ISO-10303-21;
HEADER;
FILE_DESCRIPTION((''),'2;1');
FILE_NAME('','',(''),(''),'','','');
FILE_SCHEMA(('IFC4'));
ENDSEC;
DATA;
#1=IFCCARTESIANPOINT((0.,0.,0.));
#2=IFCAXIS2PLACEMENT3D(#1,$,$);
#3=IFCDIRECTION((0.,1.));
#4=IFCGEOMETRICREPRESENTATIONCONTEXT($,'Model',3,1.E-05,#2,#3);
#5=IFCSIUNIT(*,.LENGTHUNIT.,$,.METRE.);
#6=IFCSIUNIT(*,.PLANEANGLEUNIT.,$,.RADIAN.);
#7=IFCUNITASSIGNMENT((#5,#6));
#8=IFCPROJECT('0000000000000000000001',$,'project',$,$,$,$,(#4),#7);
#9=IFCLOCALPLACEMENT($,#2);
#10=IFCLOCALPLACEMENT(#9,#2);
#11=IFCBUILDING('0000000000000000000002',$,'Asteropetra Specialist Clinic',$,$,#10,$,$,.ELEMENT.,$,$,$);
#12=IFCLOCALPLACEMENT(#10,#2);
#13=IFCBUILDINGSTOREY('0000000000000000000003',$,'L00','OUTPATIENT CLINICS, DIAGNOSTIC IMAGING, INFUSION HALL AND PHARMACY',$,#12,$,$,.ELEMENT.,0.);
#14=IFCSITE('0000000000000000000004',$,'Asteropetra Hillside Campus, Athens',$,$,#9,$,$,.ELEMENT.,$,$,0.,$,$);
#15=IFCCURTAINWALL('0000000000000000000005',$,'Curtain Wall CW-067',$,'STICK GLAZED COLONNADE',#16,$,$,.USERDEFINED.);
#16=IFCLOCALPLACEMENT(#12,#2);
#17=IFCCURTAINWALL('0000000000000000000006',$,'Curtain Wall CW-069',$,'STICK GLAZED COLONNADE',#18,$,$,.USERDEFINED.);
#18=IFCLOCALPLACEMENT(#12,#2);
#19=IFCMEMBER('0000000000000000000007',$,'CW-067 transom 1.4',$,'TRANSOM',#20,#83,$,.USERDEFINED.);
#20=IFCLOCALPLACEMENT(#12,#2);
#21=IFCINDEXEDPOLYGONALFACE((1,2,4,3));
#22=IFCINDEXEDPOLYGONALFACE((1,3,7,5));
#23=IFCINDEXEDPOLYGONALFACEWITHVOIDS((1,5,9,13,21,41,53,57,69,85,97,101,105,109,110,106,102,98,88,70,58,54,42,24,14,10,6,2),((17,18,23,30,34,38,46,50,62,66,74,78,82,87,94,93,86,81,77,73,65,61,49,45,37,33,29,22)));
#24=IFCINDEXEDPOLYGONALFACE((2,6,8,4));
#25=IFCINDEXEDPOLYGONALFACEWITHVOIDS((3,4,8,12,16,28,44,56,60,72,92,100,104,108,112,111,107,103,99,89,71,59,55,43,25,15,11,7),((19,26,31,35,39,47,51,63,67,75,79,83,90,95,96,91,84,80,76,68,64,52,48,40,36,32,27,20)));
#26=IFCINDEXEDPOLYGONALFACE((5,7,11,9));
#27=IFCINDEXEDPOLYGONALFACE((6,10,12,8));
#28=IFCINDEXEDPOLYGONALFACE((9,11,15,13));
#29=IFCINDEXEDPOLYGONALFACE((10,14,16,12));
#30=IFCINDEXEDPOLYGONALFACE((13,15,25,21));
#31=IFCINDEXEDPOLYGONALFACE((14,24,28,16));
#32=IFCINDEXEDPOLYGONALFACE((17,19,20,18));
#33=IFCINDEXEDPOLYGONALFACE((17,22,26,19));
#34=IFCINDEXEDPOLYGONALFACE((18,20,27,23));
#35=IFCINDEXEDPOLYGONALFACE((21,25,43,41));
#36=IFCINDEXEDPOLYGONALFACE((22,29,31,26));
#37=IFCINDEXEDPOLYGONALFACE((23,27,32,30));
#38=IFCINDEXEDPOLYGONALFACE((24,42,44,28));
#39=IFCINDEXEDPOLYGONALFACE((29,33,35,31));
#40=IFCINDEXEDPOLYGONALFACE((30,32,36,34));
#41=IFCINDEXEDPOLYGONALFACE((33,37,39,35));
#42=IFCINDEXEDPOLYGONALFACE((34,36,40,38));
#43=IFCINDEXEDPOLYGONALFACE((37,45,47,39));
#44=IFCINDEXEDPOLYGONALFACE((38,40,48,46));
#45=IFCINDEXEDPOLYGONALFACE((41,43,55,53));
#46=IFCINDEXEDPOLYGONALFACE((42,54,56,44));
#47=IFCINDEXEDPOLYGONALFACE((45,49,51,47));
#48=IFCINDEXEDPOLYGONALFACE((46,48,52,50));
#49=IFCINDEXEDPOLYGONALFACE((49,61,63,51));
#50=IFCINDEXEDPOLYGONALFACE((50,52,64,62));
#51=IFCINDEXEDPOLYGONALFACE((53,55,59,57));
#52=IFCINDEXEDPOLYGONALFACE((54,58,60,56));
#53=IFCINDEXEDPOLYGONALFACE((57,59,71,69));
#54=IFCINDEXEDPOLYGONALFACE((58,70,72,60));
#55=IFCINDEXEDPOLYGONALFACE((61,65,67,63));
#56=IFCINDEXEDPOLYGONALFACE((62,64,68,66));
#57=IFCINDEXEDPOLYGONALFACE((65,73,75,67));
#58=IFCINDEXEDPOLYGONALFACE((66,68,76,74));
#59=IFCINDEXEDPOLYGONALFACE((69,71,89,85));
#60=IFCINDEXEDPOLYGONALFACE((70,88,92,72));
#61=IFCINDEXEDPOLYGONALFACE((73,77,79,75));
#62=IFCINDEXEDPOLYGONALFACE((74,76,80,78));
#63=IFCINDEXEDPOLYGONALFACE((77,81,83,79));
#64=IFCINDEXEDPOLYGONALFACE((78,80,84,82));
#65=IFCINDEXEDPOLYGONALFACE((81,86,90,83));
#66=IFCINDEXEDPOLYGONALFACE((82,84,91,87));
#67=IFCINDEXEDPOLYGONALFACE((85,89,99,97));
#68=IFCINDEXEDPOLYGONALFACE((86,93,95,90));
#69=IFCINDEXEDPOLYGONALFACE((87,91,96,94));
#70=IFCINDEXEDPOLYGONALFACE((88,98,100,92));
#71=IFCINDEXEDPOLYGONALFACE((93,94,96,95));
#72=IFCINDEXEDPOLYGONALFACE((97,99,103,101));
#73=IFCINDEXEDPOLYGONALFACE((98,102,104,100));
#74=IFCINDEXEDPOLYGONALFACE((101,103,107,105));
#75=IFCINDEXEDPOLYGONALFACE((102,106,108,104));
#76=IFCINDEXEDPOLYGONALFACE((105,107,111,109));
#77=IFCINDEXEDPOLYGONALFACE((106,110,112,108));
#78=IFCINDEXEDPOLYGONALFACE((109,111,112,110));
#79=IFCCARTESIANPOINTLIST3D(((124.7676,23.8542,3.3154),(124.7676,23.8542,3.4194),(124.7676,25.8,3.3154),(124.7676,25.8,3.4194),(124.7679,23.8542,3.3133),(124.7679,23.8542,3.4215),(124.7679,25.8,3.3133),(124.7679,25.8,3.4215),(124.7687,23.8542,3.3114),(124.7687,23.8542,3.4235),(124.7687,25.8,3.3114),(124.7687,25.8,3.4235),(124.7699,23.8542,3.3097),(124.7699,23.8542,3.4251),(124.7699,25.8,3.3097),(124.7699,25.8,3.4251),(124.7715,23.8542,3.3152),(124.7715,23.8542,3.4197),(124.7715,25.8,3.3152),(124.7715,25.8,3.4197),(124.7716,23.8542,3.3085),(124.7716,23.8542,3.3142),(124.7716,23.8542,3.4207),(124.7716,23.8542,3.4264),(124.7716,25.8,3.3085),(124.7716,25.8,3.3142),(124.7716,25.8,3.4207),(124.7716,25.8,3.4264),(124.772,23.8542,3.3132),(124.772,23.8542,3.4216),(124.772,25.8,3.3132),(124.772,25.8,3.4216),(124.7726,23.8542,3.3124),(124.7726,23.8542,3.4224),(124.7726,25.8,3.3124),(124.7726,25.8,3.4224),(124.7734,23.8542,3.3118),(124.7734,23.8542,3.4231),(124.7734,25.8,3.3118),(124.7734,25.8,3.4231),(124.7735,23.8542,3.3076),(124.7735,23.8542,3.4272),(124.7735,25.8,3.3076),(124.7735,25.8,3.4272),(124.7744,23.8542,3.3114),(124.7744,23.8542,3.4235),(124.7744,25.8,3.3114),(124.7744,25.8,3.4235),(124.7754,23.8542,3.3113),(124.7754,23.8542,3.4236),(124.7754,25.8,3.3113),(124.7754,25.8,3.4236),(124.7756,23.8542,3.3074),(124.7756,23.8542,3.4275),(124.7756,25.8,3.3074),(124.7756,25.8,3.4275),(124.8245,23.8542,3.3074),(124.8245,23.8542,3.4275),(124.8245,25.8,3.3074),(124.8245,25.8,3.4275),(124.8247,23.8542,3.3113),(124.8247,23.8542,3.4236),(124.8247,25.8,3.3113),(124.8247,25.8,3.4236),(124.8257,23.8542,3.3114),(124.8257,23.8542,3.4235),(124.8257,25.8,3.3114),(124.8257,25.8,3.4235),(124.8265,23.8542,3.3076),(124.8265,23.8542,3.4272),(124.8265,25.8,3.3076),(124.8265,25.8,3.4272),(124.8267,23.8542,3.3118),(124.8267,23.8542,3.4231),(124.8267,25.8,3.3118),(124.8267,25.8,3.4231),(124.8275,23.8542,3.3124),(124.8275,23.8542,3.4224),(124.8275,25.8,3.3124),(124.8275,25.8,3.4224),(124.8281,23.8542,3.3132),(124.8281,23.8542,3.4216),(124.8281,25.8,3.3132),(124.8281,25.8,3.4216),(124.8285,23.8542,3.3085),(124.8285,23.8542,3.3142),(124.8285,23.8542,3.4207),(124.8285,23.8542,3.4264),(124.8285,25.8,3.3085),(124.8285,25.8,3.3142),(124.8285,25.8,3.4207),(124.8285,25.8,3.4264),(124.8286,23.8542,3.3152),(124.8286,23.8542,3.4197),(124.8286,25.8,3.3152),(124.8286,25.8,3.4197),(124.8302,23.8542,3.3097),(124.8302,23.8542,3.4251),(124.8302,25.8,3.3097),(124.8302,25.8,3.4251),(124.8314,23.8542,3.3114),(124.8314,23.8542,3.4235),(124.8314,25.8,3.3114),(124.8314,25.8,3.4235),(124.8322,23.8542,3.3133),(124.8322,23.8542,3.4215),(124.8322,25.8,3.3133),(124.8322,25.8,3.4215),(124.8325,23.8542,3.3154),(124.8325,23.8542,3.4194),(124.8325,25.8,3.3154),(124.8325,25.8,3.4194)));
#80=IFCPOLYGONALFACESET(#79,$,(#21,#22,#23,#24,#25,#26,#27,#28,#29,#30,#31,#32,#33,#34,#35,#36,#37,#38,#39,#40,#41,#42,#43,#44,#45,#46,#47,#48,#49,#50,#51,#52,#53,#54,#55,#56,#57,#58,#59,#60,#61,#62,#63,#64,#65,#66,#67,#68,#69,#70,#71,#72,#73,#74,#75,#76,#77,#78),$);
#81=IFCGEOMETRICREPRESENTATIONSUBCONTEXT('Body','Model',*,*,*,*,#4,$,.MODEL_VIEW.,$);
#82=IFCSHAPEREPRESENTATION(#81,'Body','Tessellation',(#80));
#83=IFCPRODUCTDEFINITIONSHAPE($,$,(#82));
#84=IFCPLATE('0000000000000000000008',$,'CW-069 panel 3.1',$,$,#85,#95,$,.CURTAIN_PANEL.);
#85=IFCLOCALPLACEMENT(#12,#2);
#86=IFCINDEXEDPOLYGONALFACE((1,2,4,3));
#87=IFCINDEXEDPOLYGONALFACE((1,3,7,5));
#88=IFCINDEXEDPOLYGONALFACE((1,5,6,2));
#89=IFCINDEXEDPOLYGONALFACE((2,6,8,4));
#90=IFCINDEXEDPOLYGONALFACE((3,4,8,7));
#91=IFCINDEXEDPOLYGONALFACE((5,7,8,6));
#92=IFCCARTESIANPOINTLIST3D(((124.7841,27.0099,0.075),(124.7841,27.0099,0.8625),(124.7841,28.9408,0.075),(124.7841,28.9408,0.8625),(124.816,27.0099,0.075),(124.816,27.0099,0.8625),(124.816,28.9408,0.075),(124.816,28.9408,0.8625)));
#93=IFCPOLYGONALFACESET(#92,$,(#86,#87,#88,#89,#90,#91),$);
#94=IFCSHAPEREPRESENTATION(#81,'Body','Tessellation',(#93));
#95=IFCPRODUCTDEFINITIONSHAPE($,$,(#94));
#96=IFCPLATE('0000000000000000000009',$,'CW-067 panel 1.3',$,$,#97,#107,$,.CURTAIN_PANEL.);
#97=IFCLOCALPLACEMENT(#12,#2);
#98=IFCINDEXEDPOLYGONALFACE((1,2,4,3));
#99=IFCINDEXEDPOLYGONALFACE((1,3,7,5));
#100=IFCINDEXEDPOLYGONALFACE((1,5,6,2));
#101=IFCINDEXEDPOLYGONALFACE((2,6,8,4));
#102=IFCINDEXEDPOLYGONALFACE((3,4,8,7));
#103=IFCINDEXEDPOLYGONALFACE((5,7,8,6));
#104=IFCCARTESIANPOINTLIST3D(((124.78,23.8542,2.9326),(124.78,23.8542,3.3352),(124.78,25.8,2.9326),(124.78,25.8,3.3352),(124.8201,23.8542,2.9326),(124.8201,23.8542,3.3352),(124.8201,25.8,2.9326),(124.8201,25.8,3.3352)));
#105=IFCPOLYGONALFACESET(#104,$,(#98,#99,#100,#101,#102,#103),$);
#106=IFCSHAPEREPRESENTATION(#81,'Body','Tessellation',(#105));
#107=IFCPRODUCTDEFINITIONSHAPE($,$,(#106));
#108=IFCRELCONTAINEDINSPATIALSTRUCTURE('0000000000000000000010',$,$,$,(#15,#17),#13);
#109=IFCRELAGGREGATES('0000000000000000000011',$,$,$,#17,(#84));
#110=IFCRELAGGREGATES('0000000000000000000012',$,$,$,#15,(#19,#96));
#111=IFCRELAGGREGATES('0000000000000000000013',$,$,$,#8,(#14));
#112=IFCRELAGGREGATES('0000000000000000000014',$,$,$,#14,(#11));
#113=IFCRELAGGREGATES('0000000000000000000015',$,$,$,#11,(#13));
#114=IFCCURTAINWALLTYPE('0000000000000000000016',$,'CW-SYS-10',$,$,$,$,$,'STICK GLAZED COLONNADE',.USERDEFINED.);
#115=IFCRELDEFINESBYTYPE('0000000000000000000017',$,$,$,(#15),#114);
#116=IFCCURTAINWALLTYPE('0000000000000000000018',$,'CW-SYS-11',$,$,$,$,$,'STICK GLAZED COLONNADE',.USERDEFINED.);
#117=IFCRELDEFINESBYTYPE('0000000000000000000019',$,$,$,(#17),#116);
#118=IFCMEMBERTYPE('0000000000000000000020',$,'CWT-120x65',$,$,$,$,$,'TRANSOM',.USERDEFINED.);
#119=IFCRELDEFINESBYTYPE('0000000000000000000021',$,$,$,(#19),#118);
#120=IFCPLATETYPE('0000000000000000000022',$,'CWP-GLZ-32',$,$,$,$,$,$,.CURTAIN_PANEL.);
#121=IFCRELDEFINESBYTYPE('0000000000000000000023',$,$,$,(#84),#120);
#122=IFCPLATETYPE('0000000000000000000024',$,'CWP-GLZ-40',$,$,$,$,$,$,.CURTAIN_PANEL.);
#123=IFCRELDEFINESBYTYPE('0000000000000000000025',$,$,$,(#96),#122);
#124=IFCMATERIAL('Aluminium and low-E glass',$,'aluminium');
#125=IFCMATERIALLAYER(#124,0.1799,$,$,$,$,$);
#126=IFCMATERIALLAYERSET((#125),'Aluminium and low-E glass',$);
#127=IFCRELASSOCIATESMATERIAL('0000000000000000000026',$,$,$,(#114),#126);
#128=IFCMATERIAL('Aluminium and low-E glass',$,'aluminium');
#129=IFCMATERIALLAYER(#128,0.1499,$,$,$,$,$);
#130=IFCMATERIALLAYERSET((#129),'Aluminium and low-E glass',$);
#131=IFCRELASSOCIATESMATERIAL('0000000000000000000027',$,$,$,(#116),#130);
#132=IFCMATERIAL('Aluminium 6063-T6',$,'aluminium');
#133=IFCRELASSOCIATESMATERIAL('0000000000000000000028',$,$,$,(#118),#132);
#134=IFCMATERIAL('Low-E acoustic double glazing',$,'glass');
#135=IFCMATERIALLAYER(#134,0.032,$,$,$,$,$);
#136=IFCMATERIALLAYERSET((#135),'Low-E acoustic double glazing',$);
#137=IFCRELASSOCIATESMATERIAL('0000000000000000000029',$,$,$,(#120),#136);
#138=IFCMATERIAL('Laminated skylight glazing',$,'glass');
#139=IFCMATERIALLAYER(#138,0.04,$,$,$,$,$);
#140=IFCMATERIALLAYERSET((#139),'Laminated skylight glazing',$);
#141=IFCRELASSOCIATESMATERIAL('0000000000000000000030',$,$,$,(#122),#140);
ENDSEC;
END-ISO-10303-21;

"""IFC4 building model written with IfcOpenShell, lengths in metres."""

from ifc_helpers import new_model, si_unit, direction, frame, origin, origin_2d, place, context, subcontext, project, spatial, rectangle, hollow_rectangle, extrude, material, layer, layer_set, material_profile, profile_set, type_object, element, aggregate, save


model = new_model("IFC4")

# Units and contexts
model_context = context("Model", 3, precision=1e-05, world=origin(), true_north=direction((0.0, 1.0)))
body_context = subcontext(model_context, "Body", "Model", "MODEL_VIEW")
ifc_project = project(units=[si_unit("LENGTHUNIT", "METRE"), si_unit("PLANEANGLEUNIT", "RADIAN")], contexts=[model_context])

# Site, building, storey
site_placement = place(None, origin())
site = spatial("IfcSite", under=ifc_project, at=site_placement, Name="Asteropetra Hillside Campus, Athens", CompositionType="ELEMENT", RefElevation=0.0)
building_placement = place(site_placement, origin())
building = spatial("IfcBuilding", under=site, at=building_placement, Name="Asteropetra Specialist Clinic", CompositionType="ELEMENT")
storey_placement = place(building_placement, origin())
storey = spatial("IfcBuildingStorey", under=building, at=storey_placement, Name="L00", Description="OUTPATIENT CLINICS, DIAGNOSTIC IMAGING, INFUSION HALL AND PHARMACY", CompositionType="ELEMENT", Elevation=0.0)

# Curtain walls
ifc_material_1 = material(Name="Aluminium and low-E glass", Category="aluminium")
ifc_layer_1 = layer(ifc_material_1, 0.1799)
ifc_layer_set_1 = layer_set([ifc_layer_1], Name="Aluminium and low-E glass")
curtain_wall_type_1 = type_object("IfcCurtainWallType", Name="CW-SYS-10", ElementType="STICK GLAZED COLONNADE", PredefinedType="USERDEFINED", material=ifc_layer_set_1)
curtain_wall_1_placement = place(storey_placement, origin())
curtain_wall_1 = element("IfcCurtainWall", 1, at=curtain_wall_1_placement, inside=storey, type_object=curtain_wall_type_1, Name="Curtain Wall CW-067", ObjectType="STICK GLAZED COLONNADE", PredefinedType="USERDEFINED")
ifc_material_2 = material(Name="Aluminium and low-E glass", Category="aluminium")
ifc_layer_2 = layer(ifc_material_2, 0.1499)
ifc_layer_set_2 = layer_set([ifc_layer_2], Name="Aluminium and low-E glass")
curtain_wall_type_2 = type_object("IfcCurtainWallType", Name="CW-SYS-11", ElementType="STICK GLAZED COLONNADE", PredefinedType="USERDEFINED", material=ifc_layer_set_2)
curtain_wall_2_placement = place(storey_placement, origin())
curtain_wall_2 = element("IfcCurtainWall", 2, at=curtain_wall_2_placement, inside=storey, type_object=curtain_wall_type_2, Name="Curtain Wall CW-069", ObjectType="STICK GLAZED COLONNADE", PredefinedType="USERDEFINED")

# Member
ifc_material_3 = material(Name="Aluminium 6063-T6", Category="aluminium")
ifc_material_profile_1 = material_profile(ifc_material_3, hollow_rectangle(XDim=0.0649, YDim=0.1201, WallThickness=0.0039, InnerFilletRadius=0.0039, OuterFilletRadius=0.0081, at=origin_2d()), Name="TRN 120x65x4.0")
ifc_profile_set_1 = profile_set([ifc_material_profile_1], Name="Aluminium 6063-T6")
member_type_1 = type_object("IfcMemberType", Name="CWT-120x65", ElementType="TRANSOM", PredefinedType="USERDEFINED", material=ifc_profile_set_1)
member_1_placement = place(storey_placement, frame((124.8, 25.8, 3.3674), z_axis=(0.0, -1.0, 0.0), x_axis=(1.0, 0.0, 0.0)))
member_1 = element("IfcMember", 3, at=member_1_placement, type_object=member_type_1, Name="CW-067 transom 1.4", ObjectType="TRANSOM", PredefinedType="USERDEFINED", context=body_context, shape_type="SweptSolid", body=[
    extrude(hollow_rectangle(XDim=0.0649, YDim=0.1201, WallThickness=0.0039, InnerFilletRadius=0.0039, OuterFilletRadius=0.0081, at=origin_2d()), origin(), (0.0, 0.0, 1.0), 1.9458),
])

# Plates
ifc_material_4 = material(Name="Low-E acoustic double glazing", Category="glass")
ifc_layer_3 = layer(ifc_material_4, 0.032)
ifc_layer_set_3 = layer_set([ifc_layer_3], Name="Low-E acoustic double glazing")
plate_type_1 = type_object("IfcPlateType", Name="CWP-GLZ-32", PredefinedType="CURTAIN_PANEL", material=ifc_layer_set_3)
plate_1_placement = place(storey_placement, frame((124.8, 27.9753, 0.075), z_axis=(0.0, 0.0, 1.0), x_axis=(0.0, -1.0, 0.0)))
plate_1 = element("IfcPlate", 4, at=plate_1_placement, type_object=plate_type_1, Name="CW-069 panel 3.1", PredefinedType="CURTAIN_PANEL", context=body_context, shape_type="SweptSolid", body=[
    extrude(rectangle(XDim=1.9309, YDim=0.032, at=origin_2d()), origin(), (0.0, 0.0, 1.0), 0.7876),
])
aggregate(curtain_wall_2, [plate_1])
ifc_material_5 = material(Name="Laminated skylight glazing", Category="glass")
ifc_layer_4 = layer(ifc_material_5, 0.04)
ifc_layer_set_4 = layer_set([ifc_layer_4], Name="Laminated skylight glazing")
plate_type_2 = type_object("IfcPlateType", Name="CWP-GLZ-40", PredefinedType="CURTAIN_PANEL", material=ifc_layer_set_4)
plate_2_placement = place(storey_placement, frame((124.8, 24.8271, 2.9326), z_axis=(0.0, 0.0, 1.0), x_axis=(0.0, -1.0, 0.0)))
plate_2 = element("IfcPlate", 5, at=plate_2_placement, type_object=plate_type_2, Name="CW-067 panel 1.3", PredefinedType="CURTAIN_PANEL", context=body_context, shape_type="SweptSolid", body=[
    extrude(rectangle(XDim=1.9458, YDim=0.04, at=origin_2d()), origin(), (0.0, 0.0, 1.0), 0.4026),
])
aggregate(curtain_wall_1, [member_1, plate_2])

save(model, "model.ifc")
